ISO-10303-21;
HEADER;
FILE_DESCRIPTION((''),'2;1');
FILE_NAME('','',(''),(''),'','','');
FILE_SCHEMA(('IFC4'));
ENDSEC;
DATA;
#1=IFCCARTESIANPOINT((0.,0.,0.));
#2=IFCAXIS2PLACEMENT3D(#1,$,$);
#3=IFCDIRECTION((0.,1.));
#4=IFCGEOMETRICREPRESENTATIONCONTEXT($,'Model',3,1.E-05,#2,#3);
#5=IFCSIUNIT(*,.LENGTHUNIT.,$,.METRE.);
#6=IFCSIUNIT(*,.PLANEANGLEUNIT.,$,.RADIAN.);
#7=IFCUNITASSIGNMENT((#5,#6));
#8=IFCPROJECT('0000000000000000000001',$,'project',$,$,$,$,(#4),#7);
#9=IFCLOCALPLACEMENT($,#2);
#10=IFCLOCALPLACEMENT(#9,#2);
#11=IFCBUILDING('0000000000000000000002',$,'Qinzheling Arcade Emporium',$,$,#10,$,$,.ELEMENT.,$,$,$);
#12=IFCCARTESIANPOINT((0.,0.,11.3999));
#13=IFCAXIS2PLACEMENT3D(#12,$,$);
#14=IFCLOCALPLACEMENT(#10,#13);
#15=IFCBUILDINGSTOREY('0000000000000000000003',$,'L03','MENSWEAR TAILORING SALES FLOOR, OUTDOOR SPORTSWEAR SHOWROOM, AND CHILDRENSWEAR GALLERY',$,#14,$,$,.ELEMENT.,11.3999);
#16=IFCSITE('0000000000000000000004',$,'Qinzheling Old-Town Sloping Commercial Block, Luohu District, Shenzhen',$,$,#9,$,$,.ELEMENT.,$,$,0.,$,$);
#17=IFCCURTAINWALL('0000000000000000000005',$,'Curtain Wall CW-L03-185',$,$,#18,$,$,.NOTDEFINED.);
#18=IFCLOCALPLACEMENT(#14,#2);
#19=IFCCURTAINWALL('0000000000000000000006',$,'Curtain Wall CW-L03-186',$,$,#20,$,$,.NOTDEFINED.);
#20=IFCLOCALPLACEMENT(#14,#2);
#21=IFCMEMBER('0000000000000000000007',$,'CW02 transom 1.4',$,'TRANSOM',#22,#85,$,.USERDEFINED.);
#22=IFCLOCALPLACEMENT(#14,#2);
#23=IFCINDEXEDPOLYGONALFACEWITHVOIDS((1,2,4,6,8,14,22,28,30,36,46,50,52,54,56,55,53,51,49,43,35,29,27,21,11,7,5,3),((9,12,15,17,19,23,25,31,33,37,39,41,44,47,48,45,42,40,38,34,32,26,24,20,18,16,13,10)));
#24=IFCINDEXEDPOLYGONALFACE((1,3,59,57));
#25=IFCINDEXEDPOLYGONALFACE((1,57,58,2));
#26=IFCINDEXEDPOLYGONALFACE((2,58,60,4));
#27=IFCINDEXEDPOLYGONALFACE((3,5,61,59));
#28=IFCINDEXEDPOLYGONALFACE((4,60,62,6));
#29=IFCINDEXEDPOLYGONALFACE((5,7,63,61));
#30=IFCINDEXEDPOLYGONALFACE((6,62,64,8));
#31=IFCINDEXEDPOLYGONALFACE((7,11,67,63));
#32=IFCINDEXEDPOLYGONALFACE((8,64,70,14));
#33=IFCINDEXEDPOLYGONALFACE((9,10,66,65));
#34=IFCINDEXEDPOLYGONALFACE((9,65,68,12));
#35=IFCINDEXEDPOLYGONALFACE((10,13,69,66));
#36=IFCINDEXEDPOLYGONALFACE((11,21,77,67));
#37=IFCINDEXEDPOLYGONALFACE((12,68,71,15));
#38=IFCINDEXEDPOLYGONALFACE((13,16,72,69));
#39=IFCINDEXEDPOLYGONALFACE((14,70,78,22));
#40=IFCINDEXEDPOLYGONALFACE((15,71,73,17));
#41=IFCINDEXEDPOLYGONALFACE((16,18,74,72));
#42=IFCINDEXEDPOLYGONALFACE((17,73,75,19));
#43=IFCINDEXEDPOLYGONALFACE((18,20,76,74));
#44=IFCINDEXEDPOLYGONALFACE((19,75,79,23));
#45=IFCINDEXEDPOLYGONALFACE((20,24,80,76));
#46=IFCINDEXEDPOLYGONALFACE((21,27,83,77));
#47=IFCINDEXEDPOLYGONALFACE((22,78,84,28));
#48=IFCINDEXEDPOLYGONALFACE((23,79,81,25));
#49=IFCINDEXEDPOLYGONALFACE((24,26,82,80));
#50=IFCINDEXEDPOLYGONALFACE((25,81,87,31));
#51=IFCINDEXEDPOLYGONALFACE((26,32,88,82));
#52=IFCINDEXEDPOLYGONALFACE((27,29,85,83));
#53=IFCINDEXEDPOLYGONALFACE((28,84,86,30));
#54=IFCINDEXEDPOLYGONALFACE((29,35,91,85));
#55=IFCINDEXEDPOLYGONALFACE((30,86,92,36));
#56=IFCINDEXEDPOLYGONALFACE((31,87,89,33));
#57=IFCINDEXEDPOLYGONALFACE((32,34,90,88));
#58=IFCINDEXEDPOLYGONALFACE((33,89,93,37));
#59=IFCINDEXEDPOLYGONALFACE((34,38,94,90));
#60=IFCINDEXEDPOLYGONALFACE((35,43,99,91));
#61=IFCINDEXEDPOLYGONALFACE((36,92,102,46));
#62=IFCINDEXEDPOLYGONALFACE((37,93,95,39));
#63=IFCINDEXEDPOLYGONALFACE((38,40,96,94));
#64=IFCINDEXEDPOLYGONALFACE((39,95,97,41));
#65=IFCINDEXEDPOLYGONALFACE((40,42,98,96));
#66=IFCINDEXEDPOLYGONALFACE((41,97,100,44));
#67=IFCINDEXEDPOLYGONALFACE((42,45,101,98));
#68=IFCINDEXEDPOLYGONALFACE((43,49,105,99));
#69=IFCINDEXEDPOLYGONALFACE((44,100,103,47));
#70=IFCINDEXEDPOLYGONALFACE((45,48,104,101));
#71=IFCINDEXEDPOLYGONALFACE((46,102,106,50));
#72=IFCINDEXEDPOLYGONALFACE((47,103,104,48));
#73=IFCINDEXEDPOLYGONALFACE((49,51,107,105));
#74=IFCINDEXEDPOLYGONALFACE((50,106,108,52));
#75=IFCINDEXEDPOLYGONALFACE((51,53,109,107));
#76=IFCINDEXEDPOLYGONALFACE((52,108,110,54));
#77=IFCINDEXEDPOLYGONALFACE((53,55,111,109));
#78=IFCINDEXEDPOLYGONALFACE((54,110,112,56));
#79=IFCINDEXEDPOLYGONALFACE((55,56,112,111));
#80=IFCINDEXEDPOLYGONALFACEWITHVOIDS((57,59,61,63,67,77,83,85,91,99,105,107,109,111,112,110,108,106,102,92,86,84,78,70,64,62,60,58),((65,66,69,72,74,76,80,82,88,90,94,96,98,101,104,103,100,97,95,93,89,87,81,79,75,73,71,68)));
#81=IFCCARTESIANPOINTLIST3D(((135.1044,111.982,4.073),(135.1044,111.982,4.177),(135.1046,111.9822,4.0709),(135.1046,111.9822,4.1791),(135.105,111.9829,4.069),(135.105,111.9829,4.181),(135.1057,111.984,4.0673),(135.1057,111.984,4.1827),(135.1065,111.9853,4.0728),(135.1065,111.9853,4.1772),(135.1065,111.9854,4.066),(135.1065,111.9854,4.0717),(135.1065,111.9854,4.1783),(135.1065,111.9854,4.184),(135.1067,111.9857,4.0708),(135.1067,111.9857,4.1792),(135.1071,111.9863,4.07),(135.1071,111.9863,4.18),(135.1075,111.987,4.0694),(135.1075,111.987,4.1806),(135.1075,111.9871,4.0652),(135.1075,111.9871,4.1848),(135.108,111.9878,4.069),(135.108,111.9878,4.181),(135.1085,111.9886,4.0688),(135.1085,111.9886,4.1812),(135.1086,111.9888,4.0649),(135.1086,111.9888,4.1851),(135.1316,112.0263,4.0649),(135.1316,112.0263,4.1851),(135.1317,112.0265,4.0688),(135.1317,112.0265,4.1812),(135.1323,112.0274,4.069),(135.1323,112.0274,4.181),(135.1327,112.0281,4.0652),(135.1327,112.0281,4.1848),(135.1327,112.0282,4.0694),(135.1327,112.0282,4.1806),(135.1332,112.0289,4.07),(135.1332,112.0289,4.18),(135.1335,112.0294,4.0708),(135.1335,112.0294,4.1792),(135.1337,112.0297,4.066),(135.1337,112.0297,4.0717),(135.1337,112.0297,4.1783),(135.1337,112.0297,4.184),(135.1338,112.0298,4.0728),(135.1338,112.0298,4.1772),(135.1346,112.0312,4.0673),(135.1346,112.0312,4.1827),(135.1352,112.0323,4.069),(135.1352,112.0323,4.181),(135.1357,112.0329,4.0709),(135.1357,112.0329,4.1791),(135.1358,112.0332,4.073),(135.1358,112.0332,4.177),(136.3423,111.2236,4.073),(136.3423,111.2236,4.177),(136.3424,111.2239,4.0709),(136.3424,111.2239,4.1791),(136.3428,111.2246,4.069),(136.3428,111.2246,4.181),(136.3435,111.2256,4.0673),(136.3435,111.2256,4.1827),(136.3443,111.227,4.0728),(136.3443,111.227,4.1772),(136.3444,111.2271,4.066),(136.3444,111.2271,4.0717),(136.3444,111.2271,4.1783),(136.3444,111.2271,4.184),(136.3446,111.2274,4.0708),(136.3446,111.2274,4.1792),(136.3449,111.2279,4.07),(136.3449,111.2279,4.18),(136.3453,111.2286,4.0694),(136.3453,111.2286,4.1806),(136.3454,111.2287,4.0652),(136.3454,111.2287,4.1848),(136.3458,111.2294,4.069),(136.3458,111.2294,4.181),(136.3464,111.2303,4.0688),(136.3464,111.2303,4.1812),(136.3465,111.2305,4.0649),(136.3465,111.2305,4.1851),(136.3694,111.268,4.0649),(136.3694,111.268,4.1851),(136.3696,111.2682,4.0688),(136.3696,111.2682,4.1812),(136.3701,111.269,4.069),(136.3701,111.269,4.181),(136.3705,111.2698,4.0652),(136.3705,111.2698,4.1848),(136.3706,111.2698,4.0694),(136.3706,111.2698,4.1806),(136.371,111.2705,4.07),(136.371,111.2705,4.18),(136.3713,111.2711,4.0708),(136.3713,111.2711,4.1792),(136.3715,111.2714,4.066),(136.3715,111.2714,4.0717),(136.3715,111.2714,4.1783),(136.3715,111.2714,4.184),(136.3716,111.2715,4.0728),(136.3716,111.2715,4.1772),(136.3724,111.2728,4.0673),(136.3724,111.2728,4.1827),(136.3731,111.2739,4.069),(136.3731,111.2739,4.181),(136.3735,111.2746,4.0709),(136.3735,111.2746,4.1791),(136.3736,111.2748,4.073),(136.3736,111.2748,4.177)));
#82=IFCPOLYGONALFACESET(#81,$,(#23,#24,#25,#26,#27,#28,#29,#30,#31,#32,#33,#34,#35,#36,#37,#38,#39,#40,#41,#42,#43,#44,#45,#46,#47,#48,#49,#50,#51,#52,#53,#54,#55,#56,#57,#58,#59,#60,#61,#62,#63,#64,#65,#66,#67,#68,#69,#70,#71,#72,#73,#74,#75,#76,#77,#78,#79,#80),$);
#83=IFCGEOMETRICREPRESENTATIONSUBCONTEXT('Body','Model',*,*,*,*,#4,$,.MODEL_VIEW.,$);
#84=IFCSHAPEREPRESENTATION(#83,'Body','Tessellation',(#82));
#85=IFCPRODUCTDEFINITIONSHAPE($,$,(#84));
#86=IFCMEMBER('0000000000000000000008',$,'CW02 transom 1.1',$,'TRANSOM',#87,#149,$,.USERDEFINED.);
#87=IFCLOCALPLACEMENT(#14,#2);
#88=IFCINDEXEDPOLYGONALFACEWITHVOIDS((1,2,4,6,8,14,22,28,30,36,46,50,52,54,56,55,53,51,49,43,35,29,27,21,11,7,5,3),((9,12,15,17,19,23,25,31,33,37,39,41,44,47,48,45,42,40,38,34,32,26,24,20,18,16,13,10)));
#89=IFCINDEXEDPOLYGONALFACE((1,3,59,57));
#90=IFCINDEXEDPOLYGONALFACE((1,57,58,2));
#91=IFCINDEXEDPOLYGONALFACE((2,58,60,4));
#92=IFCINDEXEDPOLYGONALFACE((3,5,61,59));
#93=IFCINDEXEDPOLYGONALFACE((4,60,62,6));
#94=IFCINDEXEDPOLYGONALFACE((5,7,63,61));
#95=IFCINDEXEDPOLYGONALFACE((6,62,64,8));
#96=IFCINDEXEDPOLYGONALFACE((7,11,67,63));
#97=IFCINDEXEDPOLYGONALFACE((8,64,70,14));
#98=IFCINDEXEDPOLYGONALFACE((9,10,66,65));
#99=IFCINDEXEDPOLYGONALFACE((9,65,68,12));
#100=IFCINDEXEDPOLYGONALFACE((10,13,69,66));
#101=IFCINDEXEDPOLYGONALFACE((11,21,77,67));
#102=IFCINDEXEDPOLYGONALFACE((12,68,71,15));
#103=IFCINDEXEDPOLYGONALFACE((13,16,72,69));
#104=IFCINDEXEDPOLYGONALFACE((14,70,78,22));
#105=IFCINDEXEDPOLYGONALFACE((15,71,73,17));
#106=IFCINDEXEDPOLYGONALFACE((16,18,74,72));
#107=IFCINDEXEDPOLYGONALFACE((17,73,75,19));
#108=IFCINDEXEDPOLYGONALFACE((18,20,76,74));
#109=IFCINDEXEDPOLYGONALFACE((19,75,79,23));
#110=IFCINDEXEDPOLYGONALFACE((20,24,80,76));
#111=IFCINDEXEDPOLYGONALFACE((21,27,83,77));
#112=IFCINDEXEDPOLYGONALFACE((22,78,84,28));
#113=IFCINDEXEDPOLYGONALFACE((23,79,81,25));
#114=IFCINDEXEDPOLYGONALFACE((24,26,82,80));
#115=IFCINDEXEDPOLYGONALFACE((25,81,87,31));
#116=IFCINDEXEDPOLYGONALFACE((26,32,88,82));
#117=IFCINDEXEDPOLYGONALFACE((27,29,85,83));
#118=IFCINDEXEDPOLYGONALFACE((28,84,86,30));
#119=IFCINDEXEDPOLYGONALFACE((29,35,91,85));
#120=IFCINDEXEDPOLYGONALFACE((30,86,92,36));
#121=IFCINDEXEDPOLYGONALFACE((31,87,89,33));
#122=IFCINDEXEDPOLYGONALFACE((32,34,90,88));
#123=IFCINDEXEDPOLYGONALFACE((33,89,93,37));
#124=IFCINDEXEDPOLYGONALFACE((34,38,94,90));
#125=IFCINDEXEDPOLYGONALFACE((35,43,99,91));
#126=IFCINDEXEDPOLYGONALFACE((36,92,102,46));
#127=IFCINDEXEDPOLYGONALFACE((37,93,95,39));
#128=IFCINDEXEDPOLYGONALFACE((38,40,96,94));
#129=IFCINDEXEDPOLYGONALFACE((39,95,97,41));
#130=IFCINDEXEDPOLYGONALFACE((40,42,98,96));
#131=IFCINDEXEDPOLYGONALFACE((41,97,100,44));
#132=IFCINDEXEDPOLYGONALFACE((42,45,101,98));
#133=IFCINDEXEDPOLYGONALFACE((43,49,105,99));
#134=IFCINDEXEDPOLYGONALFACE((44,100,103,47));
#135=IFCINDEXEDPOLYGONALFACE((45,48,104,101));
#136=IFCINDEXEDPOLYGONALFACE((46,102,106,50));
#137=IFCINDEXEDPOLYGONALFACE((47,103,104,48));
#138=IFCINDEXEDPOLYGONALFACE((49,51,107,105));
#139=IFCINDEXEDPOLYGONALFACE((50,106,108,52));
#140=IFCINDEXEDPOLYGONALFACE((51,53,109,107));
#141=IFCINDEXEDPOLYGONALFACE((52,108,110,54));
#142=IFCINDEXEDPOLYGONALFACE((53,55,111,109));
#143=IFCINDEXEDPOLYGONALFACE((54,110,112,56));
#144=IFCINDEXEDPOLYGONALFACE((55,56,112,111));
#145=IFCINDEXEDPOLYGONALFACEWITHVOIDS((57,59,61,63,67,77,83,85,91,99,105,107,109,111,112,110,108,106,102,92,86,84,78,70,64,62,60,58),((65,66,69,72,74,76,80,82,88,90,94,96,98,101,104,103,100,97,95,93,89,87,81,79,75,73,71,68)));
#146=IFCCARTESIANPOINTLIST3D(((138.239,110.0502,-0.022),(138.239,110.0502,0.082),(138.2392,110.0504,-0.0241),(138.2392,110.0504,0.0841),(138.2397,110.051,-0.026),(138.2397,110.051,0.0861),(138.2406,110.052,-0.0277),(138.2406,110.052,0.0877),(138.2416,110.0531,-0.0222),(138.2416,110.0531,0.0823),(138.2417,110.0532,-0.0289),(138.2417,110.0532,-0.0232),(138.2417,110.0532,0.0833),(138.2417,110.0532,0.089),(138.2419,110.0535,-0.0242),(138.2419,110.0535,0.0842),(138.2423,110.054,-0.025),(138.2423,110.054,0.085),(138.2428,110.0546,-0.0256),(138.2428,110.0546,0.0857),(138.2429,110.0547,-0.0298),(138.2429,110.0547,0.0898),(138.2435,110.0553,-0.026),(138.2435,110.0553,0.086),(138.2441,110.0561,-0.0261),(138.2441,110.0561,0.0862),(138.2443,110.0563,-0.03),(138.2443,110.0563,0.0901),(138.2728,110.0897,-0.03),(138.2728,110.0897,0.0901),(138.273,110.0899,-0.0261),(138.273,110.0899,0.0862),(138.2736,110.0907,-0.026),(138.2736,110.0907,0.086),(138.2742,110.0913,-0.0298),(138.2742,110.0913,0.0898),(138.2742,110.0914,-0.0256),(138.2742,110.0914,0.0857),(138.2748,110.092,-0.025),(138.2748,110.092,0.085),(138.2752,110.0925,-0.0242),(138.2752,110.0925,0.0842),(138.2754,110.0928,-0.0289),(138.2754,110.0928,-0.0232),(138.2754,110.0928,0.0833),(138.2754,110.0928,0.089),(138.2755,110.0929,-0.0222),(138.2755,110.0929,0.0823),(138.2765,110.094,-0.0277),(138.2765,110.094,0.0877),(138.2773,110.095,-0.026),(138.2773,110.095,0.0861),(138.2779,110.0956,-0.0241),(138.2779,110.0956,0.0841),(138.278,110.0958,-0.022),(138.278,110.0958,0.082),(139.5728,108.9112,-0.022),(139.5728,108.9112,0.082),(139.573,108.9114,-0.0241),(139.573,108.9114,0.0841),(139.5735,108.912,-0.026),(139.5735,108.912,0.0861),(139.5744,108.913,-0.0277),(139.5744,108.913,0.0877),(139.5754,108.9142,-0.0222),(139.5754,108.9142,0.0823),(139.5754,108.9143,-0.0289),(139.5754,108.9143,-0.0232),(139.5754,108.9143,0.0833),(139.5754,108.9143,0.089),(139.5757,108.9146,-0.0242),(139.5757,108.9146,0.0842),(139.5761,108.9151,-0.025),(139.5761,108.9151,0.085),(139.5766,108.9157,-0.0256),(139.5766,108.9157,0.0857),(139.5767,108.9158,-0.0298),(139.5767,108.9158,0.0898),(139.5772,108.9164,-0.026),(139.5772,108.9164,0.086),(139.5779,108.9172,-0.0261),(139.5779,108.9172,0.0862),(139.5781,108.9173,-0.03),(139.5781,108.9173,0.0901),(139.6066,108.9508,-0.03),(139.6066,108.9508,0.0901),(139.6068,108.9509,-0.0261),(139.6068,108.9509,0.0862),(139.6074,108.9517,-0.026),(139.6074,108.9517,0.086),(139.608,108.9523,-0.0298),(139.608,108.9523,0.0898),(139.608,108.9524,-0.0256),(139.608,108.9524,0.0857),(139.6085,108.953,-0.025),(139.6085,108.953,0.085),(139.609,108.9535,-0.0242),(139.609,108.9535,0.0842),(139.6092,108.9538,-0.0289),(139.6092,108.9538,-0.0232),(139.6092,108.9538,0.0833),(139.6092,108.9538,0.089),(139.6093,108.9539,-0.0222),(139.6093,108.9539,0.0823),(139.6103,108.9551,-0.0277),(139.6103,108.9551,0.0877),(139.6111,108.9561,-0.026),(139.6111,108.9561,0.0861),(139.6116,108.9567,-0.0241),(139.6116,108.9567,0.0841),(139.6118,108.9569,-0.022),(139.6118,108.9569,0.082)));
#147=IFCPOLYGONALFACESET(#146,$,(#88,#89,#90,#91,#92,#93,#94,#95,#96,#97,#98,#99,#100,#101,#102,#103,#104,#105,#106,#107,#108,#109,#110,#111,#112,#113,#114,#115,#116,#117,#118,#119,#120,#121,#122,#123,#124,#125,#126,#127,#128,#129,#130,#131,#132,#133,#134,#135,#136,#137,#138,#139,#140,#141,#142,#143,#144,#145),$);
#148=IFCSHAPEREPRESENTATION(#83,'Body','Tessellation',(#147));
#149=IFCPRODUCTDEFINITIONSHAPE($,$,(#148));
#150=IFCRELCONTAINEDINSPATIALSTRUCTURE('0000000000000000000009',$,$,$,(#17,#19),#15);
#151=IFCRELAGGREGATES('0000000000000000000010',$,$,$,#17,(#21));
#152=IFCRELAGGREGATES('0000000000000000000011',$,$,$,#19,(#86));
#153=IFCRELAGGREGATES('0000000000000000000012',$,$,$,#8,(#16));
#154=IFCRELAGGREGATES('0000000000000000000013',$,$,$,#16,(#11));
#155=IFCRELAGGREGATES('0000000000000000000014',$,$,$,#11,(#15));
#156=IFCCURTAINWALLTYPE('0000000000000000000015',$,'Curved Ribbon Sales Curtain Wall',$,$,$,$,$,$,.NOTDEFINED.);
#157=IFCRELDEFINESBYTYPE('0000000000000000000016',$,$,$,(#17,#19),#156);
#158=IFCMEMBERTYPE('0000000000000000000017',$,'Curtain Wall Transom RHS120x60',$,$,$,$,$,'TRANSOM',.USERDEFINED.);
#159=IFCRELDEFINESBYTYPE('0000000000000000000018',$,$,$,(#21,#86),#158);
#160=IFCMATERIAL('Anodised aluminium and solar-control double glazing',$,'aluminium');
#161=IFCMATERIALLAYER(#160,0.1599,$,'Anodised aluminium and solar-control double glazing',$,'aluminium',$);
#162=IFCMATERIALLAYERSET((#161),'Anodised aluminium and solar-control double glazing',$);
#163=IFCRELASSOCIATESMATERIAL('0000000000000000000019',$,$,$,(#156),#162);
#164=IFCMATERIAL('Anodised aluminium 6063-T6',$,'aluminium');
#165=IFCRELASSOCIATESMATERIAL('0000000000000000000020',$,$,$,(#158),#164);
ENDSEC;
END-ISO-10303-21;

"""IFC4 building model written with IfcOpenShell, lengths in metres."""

from ifc_helpers import new_model, si_unit, direction, frame, origin, origin_2d, place, context, subcontext, project, spatial, hollow_rectangle, extrude, material, layer, layer_set, material_profile, profile_set, type_object, element, aggregate, save


model = new_model("IFC4")

# Units and contexts
model_context = context("Model", 3, precision=1e-05, world=origin(), true_north=direction((0.0, 1.0)))
body_context = subcontext(model_context, "Body", "Model", "MODEL_VIEW")
ifc_project = project(units=[si_unit("LENGTHUNIT", "METRE"), si_unit("PLANEANGLEUNIT", "RADIAN")], contexts=[model_context])

# Site, building, storey
site_placement = place(None, origin())
site = spatial("IfcSite", under=ifc_project, at=site_placement, Name="Qinzheling Old-Town Sloping Commercial Block, Luohu District, Shenzhen", CompositionType="ELEMENT", RefElevation=0.0)
building_placement = place(site_placement, origin())
building = spatial("IfcBuilding", under=site, at=building_placement, Name="Qinzheling Arcade Emporium", CompositionType="ELEMENT")
storey_placement = place(building_placement, frame((0.0, 0.0, 11.3999)))
storey = spatial("IfcBuildingStorey", under=building, at=storey_placement, Name="L03", Description="MENSWEAR TAILORING SALES FLOOR, OUTDOOR SPORTSWEAR SHOWROOM, AND CHILDRENSWEAR GALLERY", CompositionType="ELEMENT", Elevation=11.3999)

# Curtain wall
ifc_material_1 = material(Name="Anodised aluminium and solar-control double glazing", Category="aluminium")
ifc_layer_1 = layer(ifc_material_1, 0.1599, Name="Anodised aluminium and solar-control double glazing", Category="aluminium")
ifc_layer_set_1 = layer_set([ifc_layer_1], Name="Anodised aluminium and solar-control double glazing")
curtain_wall_type = type_object("IfcCurtainWallType", Name="Curved Ribbon Sales Curtain Wall", PredefinedType="NOTDEFINED", material=ifc_layer_set_1)
ifc_material_2 = material(Name="Anodised aluminium 6063-T6", Category="aluminium")
curtain_wall_1_placement = place(storey_placement, origin())
curtain_wall_1 = element("IfcCurtainWall", 1, at=curtain_wall_1_placement, inside=storey, type_object=curtain_wall_type, Name="Curtain Wall CW-L03-185", PredefinedType="NOTDEFINED")

# Curtain wall
curtain_wall_2_placement = place(storey_placement, origin())
curtain_wall_2 = element("IfcCurtainWall", 2, at=curtain_wall_2_placement, inside=storey, type_object=curtain_wall_type, Name="Curtain Wall CW-L03-186", PredefinedType="NOTDEFINED")

# Members
ifc_material_profile_1 = material_profile(ifc_material_2, hollow_rectangle(XDim=0.0601, YDim=0.1201, WallThickness=0.0039, InnerFilletRadius=0.0039, OuterFilletRadius=0.0081, at=origin_2d()), Name="RHS 120x60x4", Category="aluminium")
ifc_profile_set_1 = profile_set([ifc_material_profile_1], Name="Anodised aluminium 6063-T6")
member_type_1 = type_object("IfcMemberType", Name="Curtain Wall Transom RHS120x60", ElementType="TRANSOM", PredefinedType="USERDEFINED", material=ifc_profile_set_1)
member_1_placement = place(storey_placement, frame((135.1201, 112.0076, 4.125), z_axis=(0.852708, -0.522389, 0.0), x_axis=(0.522389, 0.852708, 0.0)))
member_1 = element("IfcMember", 3, at=member_1_placement, type_object=member_type_1, Name="CW02 transom 1.4", ObjectType="TRANSOM", PredefinedType="USERDEFINED", context=body_context, shape_type="SweptSolid", body=[
    extrude(hollow_rectangle(XDim=0.0601, YDim=0.1201, WallThickness=0.0039, InnerFilletRadius=0.0039, OuterFilletRadius=0.0081, at=origin_2d()), origin(), (0.0, 0.0, 1.0), 1.4517),
])
member_2_placement = place(storey_placement, frame((138.2585, 110.073, 0.03), z_axis=(0.760464, -0.64938, 0.0), x_axis=(0.64938, 0.760464, 0.0)))
member_2 = element("IfcMember", 4, at=member_2_placement, type_object=member_type_1, Name="CW02 transom 1.1", ObjectType="TRANSOM", PredefinedType="USERDEFINED", context=body_context, shape_type="SweptSolid", body=[
    extrude(hollow_rectangle(XDim=0.0601, YDim=0.1201, WallThickness=0.0039, InnerFilletRadius=0.0039, OuterFilletRadius=0.0081, at=origin_2d()), origin(), (0.0, 0.0, 1.0), 1.7539),
])

aggregate(curtain_wall_1, [member_1])
aggregate(curtain_wall_2, [member_2])

save(model, "model.ifc")
